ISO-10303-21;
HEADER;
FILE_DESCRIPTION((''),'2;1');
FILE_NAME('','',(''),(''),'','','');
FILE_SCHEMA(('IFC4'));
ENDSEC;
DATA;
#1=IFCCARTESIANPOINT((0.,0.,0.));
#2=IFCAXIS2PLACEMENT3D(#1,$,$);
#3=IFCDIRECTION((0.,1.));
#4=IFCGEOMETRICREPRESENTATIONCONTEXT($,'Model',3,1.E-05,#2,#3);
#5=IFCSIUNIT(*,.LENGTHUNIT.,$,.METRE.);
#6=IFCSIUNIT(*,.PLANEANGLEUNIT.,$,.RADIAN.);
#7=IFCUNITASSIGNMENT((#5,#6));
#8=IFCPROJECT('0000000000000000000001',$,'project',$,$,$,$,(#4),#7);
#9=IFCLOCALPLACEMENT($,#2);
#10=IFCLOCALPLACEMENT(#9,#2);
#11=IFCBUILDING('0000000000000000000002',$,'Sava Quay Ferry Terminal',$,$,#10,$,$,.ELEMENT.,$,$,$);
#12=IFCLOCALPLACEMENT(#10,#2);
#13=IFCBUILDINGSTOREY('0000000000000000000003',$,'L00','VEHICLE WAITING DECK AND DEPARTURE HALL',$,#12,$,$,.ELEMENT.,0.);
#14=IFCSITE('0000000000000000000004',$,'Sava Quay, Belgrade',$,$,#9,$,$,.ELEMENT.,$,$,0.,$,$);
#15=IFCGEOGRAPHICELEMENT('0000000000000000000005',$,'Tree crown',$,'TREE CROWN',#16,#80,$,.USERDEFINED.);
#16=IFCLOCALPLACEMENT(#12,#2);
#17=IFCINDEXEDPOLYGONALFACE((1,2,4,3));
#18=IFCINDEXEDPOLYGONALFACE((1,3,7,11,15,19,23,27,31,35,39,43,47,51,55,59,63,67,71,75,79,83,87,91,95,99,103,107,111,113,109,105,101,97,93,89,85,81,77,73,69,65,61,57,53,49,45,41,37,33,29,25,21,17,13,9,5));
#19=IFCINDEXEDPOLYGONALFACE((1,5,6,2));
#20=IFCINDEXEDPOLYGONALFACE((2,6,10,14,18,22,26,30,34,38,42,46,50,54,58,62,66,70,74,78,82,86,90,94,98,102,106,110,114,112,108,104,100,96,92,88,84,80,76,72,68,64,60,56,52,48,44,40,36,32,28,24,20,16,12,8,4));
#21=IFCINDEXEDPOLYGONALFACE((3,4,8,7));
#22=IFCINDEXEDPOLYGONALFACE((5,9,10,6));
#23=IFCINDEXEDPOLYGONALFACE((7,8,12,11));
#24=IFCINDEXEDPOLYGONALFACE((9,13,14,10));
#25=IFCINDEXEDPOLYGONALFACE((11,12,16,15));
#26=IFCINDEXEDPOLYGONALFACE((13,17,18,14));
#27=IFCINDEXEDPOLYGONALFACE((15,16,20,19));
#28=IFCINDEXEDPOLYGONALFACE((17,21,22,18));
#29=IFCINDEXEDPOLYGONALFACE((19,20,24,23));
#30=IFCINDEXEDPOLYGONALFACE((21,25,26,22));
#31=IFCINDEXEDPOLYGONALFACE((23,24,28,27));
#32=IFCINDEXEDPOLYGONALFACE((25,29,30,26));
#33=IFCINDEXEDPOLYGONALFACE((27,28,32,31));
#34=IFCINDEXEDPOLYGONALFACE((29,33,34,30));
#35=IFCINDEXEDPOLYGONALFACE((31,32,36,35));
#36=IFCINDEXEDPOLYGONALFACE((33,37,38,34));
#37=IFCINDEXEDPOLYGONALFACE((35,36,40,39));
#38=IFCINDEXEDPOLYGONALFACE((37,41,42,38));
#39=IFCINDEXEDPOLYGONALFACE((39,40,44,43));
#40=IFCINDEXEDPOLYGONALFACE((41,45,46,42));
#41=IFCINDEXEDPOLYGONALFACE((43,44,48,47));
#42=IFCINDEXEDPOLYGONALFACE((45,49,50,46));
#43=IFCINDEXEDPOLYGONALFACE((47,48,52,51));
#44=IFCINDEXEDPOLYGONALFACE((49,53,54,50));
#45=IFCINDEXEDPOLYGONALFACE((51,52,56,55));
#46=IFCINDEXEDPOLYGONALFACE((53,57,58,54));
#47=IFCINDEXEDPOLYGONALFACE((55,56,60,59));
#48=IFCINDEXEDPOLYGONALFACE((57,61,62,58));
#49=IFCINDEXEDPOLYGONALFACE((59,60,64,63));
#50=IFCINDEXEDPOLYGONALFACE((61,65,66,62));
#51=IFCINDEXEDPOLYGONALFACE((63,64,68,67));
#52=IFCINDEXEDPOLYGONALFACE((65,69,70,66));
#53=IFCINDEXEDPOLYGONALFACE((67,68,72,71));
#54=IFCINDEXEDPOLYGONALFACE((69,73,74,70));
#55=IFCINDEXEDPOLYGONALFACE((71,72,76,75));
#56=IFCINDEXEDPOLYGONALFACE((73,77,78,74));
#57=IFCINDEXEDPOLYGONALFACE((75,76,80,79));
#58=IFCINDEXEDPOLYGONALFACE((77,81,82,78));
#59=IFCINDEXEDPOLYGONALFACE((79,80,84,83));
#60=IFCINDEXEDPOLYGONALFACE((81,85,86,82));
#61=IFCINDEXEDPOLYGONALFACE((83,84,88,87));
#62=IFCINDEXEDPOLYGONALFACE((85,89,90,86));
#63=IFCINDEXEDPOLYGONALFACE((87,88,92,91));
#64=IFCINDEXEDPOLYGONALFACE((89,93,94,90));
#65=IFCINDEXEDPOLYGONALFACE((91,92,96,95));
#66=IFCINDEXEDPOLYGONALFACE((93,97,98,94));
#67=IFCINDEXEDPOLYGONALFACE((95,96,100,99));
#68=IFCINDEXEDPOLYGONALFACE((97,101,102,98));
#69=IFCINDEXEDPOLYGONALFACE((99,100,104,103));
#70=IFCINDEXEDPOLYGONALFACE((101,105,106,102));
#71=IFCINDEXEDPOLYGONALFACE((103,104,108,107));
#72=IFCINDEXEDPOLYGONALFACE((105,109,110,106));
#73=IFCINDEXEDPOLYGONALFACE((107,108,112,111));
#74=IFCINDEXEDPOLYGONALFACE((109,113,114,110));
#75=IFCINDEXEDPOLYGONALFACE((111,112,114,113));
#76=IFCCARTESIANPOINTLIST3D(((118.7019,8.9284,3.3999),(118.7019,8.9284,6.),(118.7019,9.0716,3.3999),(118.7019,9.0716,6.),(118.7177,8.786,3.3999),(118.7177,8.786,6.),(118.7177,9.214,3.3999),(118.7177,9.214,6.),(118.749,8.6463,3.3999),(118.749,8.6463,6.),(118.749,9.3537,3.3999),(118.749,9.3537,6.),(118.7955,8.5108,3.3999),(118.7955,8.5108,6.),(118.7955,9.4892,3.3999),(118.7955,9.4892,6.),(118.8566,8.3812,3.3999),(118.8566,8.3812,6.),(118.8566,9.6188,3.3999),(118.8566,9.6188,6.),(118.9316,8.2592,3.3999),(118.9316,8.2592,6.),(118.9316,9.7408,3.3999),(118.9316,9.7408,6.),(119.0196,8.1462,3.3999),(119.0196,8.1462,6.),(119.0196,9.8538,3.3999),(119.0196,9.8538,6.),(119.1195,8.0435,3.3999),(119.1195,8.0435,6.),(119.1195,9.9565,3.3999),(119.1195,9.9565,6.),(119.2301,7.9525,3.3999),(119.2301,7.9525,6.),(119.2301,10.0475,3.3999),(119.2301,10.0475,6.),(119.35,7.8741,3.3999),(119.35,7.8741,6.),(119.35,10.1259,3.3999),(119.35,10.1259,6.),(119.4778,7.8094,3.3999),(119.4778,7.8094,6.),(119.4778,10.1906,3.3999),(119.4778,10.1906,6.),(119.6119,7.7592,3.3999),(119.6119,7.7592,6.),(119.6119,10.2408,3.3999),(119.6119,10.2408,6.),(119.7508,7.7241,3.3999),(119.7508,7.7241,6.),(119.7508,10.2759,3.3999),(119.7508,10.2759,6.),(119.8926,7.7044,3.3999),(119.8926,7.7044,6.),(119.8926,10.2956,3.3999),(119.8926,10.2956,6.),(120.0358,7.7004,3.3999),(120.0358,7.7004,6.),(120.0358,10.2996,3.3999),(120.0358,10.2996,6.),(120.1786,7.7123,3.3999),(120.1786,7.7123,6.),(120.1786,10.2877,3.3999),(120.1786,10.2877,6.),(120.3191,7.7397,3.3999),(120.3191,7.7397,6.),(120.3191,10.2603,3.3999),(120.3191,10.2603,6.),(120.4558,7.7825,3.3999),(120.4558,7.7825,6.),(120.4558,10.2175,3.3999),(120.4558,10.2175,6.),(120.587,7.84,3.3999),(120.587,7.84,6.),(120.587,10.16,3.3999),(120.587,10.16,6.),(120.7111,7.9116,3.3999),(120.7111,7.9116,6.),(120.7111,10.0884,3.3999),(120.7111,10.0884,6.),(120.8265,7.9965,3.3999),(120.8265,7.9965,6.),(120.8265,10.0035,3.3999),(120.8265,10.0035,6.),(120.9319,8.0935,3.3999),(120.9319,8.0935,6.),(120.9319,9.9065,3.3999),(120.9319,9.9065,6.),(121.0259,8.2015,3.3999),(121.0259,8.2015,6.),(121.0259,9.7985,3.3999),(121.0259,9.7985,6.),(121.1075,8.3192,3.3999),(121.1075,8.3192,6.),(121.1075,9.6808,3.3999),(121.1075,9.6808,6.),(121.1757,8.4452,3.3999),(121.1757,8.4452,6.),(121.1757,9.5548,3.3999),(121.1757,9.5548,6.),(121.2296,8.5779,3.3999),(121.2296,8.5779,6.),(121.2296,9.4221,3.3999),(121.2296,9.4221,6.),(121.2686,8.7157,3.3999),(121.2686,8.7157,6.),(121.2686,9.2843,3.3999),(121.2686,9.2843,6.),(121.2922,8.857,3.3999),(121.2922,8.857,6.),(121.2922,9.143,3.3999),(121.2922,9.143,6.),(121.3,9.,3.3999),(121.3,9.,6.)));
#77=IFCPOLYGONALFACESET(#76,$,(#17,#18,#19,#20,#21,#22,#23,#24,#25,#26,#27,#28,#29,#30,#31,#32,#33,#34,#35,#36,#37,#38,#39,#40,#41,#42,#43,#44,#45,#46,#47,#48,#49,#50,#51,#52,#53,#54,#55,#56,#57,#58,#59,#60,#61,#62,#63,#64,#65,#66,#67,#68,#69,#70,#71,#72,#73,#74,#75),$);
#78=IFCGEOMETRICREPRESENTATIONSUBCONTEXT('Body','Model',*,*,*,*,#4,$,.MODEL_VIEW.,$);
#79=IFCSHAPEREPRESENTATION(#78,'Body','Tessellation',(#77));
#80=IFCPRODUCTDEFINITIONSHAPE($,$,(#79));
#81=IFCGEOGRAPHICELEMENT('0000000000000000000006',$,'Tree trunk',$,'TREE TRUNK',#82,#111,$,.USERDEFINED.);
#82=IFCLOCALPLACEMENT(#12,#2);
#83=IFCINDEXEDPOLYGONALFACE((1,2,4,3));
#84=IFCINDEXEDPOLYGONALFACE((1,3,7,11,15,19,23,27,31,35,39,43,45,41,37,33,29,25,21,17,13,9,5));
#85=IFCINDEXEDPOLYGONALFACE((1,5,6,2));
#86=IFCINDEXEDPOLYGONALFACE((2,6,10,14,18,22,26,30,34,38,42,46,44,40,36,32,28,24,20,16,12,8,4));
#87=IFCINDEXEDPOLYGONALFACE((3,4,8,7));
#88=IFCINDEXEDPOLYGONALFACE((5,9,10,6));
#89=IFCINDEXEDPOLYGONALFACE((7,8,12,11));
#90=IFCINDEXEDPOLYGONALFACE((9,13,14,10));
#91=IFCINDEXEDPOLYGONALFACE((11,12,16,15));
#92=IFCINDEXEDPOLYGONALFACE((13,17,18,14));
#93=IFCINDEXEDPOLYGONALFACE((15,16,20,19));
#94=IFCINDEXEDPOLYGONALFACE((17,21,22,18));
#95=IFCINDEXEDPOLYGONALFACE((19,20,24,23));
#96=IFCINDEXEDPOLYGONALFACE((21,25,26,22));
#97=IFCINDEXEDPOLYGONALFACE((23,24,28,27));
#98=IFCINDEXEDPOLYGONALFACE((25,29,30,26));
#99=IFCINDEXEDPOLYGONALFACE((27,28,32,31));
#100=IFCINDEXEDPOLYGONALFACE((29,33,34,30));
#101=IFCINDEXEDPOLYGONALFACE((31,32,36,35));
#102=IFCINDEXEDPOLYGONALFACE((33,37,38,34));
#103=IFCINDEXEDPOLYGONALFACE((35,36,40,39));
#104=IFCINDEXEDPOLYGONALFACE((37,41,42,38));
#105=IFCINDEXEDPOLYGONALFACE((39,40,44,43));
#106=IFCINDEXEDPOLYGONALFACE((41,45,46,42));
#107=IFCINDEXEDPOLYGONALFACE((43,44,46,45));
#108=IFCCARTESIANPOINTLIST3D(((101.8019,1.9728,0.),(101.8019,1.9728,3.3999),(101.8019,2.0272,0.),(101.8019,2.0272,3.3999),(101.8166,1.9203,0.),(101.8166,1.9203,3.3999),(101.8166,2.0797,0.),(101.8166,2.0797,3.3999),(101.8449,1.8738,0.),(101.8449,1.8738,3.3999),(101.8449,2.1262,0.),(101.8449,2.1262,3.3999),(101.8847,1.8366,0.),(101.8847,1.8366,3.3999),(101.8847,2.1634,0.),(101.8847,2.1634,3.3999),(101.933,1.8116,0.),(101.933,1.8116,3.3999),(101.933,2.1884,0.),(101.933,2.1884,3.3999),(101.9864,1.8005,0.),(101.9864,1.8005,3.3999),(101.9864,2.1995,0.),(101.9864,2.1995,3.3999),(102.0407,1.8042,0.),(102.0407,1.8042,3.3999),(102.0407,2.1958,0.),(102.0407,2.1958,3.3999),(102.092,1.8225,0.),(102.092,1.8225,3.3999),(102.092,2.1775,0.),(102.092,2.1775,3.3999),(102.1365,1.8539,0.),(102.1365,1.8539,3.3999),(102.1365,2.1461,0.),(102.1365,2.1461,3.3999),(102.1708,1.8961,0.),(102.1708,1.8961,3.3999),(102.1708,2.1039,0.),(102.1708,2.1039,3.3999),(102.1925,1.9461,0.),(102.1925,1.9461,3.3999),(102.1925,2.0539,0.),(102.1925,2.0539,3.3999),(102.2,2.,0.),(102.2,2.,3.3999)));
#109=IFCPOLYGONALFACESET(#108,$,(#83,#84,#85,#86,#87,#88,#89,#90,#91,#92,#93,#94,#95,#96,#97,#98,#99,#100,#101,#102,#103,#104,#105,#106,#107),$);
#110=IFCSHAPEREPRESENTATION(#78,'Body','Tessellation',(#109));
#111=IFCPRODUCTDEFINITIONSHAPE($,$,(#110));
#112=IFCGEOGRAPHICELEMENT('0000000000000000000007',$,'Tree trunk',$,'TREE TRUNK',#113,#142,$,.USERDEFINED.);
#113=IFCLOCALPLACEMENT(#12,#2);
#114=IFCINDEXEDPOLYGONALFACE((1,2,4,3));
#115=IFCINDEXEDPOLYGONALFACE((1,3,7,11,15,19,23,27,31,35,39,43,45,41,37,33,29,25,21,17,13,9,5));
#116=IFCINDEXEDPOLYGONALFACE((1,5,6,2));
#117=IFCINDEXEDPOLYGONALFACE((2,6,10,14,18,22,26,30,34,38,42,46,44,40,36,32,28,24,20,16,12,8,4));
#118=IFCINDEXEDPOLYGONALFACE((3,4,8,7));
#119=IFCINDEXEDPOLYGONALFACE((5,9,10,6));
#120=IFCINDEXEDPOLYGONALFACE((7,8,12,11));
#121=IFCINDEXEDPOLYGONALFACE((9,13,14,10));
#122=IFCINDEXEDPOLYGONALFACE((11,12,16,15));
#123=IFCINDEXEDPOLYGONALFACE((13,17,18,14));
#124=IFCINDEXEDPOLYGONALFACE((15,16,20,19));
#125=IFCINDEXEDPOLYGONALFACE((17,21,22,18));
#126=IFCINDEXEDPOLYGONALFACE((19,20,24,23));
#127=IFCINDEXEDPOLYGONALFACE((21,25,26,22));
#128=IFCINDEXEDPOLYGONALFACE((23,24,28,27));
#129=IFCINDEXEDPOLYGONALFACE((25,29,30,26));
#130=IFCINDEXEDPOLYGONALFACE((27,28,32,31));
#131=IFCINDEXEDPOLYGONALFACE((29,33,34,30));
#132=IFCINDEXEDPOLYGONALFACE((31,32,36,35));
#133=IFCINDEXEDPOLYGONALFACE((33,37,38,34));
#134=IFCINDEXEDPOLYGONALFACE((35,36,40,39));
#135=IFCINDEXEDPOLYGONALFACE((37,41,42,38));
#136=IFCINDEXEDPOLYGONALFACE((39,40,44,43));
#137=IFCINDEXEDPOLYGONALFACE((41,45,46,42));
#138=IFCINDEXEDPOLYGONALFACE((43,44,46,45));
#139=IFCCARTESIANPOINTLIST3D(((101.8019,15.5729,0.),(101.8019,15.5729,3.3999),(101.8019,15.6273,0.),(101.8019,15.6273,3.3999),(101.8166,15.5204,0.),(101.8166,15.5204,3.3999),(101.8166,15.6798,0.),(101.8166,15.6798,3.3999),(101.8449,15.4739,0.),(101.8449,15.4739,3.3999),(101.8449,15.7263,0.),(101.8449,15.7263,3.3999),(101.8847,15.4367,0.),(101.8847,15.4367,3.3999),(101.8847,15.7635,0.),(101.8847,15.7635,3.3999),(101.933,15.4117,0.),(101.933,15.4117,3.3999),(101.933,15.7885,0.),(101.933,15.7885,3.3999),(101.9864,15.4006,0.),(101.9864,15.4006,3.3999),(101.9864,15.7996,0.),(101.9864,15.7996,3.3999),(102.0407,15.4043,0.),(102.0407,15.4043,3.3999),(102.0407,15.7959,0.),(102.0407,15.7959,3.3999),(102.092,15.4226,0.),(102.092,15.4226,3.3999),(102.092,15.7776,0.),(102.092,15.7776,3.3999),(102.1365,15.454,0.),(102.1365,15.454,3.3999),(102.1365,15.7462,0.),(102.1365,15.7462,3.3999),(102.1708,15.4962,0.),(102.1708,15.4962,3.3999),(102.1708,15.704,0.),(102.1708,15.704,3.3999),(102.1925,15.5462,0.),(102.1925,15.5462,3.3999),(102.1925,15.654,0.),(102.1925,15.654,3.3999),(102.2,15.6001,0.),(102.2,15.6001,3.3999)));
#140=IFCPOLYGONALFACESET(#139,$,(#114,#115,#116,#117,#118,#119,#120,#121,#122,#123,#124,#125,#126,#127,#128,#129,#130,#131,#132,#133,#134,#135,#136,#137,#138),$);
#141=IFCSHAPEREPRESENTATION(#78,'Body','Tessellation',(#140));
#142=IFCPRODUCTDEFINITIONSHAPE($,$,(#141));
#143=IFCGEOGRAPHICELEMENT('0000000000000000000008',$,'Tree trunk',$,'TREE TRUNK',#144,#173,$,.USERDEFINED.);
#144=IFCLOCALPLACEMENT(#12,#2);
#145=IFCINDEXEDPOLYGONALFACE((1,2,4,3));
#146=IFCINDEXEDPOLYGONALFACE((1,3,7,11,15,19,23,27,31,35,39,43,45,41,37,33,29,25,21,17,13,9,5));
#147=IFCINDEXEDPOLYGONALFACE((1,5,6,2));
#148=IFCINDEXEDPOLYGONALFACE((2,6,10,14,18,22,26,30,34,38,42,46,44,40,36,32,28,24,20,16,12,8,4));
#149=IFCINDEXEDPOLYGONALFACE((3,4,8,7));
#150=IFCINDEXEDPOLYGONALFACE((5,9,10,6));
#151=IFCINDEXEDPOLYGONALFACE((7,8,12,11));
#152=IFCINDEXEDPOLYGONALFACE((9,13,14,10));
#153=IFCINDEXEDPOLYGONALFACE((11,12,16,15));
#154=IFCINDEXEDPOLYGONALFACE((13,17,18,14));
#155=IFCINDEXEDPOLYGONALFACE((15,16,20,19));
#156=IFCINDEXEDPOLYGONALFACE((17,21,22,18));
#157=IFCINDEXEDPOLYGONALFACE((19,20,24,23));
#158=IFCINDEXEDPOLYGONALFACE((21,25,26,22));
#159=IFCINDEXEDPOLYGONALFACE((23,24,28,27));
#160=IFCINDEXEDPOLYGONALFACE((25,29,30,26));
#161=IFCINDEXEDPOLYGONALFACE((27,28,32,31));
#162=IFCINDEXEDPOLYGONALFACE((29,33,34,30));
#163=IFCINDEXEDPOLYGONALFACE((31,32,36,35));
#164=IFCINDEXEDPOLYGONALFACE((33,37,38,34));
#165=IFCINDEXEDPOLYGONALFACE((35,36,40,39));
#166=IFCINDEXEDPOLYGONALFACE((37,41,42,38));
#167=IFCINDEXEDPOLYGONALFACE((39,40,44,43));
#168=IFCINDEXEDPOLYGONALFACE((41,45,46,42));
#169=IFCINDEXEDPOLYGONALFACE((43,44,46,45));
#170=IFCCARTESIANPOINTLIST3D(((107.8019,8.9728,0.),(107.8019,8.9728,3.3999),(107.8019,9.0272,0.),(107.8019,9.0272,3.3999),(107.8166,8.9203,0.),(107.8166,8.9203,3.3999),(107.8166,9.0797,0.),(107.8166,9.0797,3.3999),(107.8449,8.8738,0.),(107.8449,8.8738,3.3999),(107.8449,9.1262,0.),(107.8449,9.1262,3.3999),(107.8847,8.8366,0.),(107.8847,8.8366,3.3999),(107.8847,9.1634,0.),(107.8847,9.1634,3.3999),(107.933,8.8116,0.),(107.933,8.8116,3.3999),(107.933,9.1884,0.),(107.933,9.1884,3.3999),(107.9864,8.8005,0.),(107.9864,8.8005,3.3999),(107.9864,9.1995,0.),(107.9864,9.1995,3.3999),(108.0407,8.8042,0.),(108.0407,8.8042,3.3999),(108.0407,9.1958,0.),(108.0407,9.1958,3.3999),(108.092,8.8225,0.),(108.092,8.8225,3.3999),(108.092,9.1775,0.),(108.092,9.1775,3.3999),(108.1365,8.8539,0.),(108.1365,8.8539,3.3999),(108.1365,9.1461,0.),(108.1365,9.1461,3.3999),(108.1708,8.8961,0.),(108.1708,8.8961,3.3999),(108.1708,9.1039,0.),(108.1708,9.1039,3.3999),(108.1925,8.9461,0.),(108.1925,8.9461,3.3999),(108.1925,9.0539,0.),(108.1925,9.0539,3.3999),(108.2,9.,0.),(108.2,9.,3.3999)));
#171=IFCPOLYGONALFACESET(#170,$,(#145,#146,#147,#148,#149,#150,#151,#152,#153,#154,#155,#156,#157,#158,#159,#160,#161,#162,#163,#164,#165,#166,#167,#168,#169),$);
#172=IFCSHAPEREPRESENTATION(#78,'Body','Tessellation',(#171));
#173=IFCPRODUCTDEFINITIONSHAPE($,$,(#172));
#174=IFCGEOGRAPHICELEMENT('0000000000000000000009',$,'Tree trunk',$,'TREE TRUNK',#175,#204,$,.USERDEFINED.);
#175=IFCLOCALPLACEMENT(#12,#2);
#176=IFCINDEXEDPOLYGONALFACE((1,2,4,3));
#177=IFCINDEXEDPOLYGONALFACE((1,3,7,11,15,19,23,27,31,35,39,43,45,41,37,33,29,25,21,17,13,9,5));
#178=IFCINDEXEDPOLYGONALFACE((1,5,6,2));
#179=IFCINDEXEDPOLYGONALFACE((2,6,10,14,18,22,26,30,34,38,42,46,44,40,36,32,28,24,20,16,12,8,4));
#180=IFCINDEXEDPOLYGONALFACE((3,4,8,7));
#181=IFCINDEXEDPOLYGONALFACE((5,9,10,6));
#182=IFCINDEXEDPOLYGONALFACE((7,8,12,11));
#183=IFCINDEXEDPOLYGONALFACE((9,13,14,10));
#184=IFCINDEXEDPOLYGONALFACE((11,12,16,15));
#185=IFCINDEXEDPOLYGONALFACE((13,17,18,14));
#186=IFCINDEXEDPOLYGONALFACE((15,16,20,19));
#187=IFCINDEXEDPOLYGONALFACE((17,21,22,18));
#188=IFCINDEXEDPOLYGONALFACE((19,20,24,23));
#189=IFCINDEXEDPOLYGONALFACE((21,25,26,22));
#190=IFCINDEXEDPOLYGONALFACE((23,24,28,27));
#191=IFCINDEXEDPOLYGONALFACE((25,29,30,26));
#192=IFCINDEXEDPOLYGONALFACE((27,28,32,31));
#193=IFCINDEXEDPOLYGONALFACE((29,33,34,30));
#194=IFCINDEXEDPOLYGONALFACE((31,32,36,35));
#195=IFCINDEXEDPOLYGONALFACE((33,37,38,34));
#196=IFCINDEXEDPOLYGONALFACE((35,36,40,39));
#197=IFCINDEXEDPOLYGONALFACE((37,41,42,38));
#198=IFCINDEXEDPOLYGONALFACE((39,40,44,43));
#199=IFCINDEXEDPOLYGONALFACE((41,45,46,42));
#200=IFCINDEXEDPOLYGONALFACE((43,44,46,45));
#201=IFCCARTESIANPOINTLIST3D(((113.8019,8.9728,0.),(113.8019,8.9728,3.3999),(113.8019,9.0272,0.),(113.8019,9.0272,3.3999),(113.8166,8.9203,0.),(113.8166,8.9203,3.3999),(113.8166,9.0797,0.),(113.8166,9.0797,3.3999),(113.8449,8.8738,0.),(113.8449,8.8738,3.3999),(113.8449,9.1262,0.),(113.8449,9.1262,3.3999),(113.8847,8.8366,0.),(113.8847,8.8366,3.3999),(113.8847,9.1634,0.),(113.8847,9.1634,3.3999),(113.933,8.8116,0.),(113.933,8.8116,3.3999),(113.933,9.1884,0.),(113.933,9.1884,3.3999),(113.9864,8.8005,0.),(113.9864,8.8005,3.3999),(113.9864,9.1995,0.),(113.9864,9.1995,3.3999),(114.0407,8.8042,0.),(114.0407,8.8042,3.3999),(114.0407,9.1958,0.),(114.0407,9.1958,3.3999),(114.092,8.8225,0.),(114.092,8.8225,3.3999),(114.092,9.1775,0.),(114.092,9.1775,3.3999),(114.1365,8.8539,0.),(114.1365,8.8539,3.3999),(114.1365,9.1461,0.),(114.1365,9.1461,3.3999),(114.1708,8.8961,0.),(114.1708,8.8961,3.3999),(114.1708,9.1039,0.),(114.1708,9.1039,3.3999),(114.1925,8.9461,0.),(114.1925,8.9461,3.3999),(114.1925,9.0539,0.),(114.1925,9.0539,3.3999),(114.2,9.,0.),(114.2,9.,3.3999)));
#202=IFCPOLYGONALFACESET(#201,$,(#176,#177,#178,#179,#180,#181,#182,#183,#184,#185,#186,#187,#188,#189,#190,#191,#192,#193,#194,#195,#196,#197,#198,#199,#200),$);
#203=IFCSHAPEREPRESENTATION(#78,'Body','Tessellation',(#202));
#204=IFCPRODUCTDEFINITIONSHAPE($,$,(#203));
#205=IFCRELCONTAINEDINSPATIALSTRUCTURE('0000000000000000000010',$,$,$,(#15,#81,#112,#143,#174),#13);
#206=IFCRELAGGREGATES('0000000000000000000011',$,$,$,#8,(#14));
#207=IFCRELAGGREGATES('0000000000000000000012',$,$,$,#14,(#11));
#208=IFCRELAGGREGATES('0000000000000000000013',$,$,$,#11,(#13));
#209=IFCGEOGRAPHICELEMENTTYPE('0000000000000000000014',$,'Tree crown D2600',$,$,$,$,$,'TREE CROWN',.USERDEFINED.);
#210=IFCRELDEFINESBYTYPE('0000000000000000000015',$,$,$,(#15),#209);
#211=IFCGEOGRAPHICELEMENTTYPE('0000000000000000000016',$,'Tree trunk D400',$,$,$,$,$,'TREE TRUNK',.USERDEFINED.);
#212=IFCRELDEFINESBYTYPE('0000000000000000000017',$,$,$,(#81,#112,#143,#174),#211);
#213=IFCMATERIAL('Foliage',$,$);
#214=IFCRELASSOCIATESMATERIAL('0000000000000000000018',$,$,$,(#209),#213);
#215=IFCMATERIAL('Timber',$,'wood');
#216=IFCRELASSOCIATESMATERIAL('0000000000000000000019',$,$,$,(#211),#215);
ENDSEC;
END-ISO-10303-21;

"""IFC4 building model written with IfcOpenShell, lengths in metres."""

from ifc_helpers import new_model, si_unit, direction, frame, origin, origin_2d, place, context, subcontext, project, spatial, circle, extrude, material, type_object, element, save


model = new_model("IFC4")

# Units and contexts
model_context = context("Model", 3, precision=1e-05, world=origin(), true_north=direction((0.0, 1.0)))
body_context = subcontext(model_context, "Body", "Model", "MODEL_VIEW")
ifc_project = project(units=[si_unit("LENGTHUNIT", "METRE"), si_unit("PLANEANGLEUNIT", "RADIAN")], contexts=[model_context])

# Site, building, storey
site_placement = place(None, origin())
site = spatial("IfcSite", under=ifc_project, at=site_placement, Name="Sava Quay, Belgrade", CompositionType="ELEMENT", RefElevation=0.0)
building_placement = place(site_placement, origin())
building = spatial("IfcBuilding", under=site, at=building_placement, Name="Sava Quay Ferry Terminal", CompositionType="ELEMENT")
storey_placement = place(building_placement, origin())
storey = spatial("IfcBuildingStorey", under=building, at=storey_placement, Name="L00", Description="VEHICLE WAITING DECK AND DEPARTURE HALL", CompositionType="ELEMENT", Elevation=0.0)

# Geographic elements
ifc_material_1 = material(Name="Foliage")
geographic_element_type_1 = type_object("IfcGeographicElementType", Name="Tree crown D2600", ElementType="TREE CROWN", PredefinedType="USERDEFINED", material=ifc_material_1)
for number, where, z_axis, x_axis, name in (
    (1, (120.0, 9.0, 6.0), (0.0, 0.0, -1.0), (1.0, 0.0, 0.0), "Tree crown"),
):
    element("IfcGeographicElement", number, at=place(storey_placement, frame(where, z_axis=z_axis, x_axis=x_axis)), inside=storey, type_object=geographic_element_type_1, Name=name, ObjectType="TREE CROWN", PredefinedType="USERDEFINED", context=body_context, shape_type="SweptSolid", body=[
        extrude(circle(Radius=1.3, at=origin_2d()), origin(), (0.0, 0.0, 1.0), 2.6001),
    ])
ifc_material_2 = material(Name="Timber", Category="wood")
geographic_element_type_2 = type_object("IfcGeographicElementType", Name="Tree trunk D400", ElementType="TREE TRUNK", PredefinedType="USERDEFINED", material=ifc_material_2)
for number, where, z_axis, x_axis, name in (
    (2, (102.0, 2.0, 3.3999), (0.0, 0.0, -1.0), (1.0, 0.0, 0.0), "Tree trunk"),
    (3, (102.0, 15.6001, 3.3999), (0.0, 0.0, -1.0), (1.0, 0.0, 0.0), "Tree trunk"),
    (4, (108.0, 9.0, 3.3999), (0.0, 0.0, -1.0), (1.0, 0.0, 0.0), "Tree trunk"),
    (5, (114.0, 9.0, 3.3999), (0.0, 0.0, -1.0), (1.0, 0.0, 0.0), "Tree trunk"),
):
    element("IfcGeographicElement", number, at=place(storey_placement, frame(where, z_axis=z_axis, x_axis=x_axis)), inside=storey, type_object=geographic_element_type_2, Name=name, ObjectType="TREE TRUNK", PredefinedType="USERDEFINED", context=body_context, shape_type="SweptSolid", body=[
        extrude(circle(Radius=0.2, at=origin_2d()), origin(), (0.0, 0.0, 1.0), 3.3999),
    ])

save(model, "model.ifc")
